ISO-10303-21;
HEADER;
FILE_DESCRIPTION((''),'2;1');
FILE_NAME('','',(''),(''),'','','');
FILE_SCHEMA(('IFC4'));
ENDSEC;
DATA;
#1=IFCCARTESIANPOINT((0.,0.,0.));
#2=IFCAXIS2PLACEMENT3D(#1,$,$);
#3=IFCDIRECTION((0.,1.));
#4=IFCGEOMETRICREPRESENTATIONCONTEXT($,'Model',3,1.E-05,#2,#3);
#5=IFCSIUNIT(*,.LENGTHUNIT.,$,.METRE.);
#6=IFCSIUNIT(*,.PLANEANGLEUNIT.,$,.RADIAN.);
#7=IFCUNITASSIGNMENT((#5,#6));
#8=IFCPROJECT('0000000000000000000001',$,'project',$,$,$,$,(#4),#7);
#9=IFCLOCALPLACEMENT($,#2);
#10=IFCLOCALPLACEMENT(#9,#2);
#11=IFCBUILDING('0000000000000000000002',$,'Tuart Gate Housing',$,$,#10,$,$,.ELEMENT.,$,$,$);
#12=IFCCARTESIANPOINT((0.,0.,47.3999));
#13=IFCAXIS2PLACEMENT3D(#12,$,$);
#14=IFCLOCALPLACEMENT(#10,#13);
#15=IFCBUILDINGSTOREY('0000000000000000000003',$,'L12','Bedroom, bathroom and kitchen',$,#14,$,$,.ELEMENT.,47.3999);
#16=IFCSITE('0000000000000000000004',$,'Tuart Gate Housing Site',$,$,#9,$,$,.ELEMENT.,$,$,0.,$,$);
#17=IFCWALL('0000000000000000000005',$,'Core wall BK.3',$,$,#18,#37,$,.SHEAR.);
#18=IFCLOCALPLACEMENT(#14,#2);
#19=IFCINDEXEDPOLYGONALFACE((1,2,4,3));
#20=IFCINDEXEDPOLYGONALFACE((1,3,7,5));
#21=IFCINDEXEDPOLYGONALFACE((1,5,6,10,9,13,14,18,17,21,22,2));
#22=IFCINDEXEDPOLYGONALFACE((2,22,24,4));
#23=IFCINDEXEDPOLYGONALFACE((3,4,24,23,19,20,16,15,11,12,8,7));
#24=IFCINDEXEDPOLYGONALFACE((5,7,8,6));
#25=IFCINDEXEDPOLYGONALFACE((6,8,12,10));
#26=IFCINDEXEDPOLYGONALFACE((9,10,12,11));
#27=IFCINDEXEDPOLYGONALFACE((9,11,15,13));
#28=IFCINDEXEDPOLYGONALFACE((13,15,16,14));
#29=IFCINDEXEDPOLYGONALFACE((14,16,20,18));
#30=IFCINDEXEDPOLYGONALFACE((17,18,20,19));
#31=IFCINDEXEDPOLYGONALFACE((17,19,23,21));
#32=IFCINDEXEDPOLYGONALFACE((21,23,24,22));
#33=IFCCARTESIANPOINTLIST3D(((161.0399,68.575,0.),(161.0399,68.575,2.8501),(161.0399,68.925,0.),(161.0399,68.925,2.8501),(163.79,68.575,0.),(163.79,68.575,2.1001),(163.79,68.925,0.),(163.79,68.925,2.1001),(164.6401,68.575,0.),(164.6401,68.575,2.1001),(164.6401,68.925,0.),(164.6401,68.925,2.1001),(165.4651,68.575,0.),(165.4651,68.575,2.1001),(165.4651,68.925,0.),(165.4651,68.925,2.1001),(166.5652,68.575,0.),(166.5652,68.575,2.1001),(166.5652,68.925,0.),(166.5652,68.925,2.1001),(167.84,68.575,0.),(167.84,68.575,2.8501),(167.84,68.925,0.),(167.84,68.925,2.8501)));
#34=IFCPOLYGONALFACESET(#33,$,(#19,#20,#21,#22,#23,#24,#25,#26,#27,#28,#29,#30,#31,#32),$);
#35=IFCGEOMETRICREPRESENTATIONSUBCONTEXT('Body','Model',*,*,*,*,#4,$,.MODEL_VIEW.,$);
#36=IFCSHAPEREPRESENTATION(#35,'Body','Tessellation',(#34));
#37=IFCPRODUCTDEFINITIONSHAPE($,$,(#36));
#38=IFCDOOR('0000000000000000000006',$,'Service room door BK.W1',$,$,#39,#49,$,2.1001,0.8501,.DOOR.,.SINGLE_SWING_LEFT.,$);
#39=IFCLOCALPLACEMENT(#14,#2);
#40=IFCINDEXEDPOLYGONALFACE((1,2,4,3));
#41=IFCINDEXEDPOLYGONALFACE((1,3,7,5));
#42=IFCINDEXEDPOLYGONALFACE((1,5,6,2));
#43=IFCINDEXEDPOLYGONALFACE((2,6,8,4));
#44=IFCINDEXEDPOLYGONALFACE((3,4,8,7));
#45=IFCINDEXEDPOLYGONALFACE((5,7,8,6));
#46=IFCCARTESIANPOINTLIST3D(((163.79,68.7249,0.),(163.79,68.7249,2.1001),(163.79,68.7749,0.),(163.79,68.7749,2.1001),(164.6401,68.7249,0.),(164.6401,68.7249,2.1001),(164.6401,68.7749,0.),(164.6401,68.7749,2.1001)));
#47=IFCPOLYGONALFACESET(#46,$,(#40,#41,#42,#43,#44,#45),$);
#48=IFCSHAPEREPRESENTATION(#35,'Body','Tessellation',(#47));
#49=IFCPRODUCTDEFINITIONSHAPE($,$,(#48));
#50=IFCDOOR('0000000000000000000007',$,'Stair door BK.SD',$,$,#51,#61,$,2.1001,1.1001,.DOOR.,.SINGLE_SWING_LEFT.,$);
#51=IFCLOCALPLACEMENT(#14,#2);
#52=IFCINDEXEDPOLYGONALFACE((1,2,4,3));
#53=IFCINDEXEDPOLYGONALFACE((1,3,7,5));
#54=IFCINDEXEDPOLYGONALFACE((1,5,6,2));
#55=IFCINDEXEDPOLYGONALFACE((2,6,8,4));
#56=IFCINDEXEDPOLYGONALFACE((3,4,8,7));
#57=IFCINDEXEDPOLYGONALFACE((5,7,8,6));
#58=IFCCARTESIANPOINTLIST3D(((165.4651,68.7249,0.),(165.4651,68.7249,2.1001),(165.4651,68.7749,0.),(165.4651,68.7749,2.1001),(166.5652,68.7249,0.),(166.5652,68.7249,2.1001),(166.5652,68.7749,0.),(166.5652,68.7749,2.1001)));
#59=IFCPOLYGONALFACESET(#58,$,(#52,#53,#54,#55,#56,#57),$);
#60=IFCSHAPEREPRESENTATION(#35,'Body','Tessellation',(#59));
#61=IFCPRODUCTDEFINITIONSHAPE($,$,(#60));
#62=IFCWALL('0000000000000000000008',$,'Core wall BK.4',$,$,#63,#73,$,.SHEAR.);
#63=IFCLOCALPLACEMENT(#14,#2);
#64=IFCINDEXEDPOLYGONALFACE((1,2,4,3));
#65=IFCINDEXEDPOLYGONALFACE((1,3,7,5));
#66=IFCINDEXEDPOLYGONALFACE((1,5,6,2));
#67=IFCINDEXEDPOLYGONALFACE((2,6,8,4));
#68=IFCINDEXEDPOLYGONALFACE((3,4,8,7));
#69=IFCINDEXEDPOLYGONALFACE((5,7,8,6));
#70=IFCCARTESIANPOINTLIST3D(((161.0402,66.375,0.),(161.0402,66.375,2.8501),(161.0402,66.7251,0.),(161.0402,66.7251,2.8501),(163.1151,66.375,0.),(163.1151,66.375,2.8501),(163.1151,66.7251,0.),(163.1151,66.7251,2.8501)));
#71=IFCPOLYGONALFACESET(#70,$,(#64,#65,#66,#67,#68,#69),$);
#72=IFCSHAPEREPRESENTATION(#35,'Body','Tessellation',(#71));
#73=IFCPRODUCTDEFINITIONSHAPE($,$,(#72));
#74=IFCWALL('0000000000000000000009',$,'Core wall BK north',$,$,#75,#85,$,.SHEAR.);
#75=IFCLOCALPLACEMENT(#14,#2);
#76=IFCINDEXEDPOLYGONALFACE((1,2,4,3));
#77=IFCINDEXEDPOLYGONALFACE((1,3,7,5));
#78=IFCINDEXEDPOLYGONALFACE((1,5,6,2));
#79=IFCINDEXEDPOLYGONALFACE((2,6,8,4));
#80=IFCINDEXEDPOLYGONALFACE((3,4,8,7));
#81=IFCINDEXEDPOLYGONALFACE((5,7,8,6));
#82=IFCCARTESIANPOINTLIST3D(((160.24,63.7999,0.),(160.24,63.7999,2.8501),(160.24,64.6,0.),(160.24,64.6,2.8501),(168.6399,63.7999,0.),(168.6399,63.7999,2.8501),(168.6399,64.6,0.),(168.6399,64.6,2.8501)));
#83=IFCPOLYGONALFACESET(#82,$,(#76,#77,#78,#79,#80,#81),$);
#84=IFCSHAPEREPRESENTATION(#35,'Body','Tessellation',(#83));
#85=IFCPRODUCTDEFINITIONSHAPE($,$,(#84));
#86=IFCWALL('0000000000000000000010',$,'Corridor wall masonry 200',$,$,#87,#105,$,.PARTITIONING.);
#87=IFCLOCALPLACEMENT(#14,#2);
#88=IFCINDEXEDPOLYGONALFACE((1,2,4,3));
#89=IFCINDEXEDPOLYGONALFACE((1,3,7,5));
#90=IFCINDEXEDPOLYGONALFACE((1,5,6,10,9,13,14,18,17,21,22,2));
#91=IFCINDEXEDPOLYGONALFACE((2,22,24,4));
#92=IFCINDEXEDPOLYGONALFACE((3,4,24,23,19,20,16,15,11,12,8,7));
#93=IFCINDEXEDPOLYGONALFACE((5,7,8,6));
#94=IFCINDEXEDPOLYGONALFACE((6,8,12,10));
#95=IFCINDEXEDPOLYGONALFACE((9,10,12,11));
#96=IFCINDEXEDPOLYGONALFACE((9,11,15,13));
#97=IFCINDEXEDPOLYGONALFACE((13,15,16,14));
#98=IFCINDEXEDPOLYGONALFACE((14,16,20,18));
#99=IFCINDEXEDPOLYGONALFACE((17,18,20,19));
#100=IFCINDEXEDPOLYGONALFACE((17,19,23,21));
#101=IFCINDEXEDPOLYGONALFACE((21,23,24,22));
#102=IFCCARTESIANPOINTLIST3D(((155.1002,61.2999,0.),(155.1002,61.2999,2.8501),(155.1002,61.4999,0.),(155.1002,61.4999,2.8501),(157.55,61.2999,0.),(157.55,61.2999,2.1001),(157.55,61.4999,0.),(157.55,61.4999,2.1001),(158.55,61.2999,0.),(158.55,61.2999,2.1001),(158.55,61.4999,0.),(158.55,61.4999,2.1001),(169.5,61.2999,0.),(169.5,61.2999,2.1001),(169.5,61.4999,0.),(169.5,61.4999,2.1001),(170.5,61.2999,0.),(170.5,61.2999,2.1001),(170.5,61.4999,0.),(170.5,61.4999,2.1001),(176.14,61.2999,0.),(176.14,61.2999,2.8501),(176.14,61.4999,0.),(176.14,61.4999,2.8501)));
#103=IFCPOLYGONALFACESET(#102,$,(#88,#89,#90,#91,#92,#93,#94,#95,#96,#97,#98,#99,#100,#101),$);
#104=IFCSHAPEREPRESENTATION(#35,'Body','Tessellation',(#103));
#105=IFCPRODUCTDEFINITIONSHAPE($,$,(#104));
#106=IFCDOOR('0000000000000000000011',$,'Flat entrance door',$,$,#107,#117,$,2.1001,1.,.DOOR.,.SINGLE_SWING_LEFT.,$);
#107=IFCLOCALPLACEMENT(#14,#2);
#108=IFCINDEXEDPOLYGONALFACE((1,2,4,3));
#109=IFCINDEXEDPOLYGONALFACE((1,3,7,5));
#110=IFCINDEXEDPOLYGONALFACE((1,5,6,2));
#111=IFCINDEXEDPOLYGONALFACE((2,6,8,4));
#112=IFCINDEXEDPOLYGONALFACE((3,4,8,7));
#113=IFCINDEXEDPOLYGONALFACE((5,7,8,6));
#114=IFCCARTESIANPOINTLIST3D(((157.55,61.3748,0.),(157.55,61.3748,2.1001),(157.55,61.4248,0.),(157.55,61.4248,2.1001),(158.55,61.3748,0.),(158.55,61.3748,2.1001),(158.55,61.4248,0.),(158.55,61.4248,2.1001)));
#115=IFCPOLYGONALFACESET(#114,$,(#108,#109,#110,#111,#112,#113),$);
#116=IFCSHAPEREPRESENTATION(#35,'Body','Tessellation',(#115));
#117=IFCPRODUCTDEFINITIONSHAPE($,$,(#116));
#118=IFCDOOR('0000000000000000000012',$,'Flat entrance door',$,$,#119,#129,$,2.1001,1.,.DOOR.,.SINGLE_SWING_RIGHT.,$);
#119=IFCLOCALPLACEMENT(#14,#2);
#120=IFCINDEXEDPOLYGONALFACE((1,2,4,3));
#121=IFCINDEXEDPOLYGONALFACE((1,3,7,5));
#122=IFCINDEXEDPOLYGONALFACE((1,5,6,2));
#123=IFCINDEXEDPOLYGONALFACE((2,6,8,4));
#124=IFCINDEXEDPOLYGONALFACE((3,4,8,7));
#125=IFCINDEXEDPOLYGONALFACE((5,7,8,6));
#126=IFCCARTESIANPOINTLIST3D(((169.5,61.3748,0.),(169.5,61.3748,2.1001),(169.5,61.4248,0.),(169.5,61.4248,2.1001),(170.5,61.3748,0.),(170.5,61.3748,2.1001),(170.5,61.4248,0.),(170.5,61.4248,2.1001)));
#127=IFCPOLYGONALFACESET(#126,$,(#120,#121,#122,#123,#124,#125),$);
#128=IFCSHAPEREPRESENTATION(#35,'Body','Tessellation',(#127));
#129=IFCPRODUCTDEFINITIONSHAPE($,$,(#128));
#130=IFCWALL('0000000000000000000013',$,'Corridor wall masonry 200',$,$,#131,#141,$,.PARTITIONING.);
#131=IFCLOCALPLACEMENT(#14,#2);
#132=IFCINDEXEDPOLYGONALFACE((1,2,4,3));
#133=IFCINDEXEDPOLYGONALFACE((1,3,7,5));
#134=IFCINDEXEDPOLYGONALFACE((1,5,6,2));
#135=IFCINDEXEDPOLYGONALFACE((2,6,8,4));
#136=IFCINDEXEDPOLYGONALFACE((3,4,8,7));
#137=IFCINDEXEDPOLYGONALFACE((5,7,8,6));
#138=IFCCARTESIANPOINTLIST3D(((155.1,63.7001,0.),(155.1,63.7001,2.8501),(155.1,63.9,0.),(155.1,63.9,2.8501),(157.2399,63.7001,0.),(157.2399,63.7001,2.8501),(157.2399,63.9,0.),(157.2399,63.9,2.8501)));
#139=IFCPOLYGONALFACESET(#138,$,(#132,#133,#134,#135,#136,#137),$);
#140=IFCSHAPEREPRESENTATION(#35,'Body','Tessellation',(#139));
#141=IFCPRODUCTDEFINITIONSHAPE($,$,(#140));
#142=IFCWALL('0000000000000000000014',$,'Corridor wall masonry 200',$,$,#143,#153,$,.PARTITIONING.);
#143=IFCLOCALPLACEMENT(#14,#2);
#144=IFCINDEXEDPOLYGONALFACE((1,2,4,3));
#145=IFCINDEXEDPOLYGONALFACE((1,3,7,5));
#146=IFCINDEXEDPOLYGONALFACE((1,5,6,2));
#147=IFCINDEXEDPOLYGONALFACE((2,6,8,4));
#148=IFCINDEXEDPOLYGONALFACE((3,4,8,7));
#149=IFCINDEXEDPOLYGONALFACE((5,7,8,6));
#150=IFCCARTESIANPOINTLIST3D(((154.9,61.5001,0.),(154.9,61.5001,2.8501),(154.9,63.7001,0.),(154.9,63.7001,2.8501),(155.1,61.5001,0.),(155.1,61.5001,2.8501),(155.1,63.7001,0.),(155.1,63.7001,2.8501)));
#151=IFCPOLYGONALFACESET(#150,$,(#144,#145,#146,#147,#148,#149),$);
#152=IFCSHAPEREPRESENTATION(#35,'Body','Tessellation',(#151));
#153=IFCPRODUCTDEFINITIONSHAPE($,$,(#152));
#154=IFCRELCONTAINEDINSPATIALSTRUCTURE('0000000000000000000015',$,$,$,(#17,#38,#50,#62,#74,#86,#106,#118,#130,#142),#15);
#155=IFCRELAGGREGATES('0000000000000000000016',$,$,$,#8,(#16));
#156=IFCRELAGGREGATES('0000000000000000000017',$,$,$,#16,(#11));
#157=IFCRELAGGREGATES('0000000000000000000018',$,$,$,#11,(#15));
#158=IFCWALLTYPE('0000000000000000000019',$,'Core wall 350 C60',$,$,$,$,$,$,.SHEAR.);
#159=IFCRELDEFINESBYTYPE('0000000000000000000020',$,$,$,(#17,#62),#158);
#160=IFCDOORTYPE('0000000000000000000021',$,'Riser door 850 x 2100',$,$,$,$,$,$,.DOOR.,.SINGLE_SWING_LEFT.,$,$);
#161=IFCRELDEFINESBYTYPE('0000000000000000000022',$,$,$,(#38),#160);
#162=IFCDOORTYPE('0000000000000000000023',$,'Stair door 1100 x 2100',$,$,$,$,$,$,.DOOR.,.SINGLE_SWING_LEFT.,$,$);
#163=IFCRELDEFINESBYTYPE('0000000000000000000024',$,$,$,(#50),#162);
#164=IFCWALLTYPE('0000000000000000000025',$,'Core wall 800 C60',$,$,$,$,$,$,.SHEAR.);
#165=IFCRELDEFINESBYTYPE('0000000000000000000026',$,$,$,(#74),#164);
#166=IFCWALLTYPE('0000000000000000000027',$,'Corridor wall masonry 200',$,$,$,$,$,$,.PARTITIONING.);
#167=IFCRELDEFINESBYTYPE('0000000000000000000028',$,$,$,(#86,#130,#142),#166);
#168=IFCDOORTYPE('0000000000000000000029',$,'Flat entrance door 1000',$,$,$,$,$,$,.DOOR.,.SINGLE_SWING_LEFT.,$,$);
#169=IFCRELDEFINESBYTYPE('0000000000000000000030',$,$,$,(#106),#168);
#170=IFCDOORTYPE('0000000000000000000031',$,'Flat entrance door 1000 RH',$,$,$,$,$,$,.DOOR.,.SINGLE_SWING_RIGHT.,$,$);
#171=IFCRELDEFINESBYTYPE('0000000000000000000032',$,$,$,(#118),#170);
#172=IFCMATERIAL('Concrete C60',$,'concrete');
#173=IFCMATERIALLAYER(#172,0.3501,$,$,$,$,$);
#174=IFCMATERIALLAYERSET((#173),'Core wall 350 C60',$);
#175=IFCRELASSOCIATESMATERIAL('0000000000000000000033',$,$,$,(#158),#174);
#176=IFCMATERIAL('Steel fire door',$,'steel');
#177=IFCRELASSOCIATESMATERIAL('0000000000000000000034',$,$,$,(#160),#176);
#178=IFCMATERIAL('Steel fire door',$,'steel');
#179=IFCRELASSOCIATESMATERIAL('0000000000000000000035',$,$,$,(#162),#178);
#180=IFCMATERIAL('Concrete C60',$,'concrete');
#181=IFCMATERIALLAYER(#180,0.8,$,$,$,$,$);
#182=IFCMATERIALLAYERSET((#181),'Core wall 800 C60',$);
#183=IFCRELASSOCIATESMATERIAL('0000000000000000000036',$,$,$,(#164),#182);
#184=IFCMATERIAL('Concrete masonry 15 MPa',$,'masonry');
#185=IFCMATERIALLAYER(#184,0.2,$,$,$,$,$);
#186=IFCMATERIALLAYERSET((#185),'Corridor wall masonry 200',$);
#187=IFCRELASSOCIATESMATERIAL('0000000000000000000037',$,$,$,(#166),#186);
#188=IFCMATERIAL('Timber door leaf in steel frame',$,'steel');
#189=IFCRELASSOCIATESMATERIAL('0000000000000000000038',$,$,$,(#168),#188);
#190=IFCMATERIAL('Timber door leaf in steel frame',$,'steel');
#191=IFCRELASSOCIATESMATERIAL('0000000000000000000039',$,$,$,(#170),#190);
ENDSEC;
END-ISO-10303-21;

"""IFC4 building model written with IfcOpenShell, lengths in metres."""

from ifc_helpers import new_model, si_unit, direction, frame, frame_2d, origin, place, context, subcontext, project, spatial, rectangle, extrude, material, layer, layer_set, type_object, element, fill, save


model = new_model("IFC4")

# Units and contexts
model_context = context("Model", 3, precision=1e-05, world=origin(), true_north=direction((0.0, 1.0)))
body_context = subcontext(model_context, "Body", "Model", "MODEL_VIEW")
ifc_project = project(units=[si_unit("LENGTHUNIT", "METRE"), si_unit("PLANEANGLEUNIT", "RADIAN")], contexts=[model_context])

# Site, building, storey
site_placement = place(None, origin())
site = spatial("IfcSite", under=ifc_project, at=site_placement, Name="Tuart Gate Housing Site", CompositionType="ELEMENT", RefElevation=0.0)
building_placement = place(site_placement, origin())
building = spatial("IfcBuilding", under=site, at=building_placement, Name="Tuart Gate Housing", CompositionType="ELEMENT")
storey_placement = place(building_placement, frame((0.0, 0.0, 47.3999)))
storey = spatial("IfcBuildingStorey", under=building, at=storey_placement, Name="L12", Description="Bedroom, bathroom and kitchen", CompositionType="ELEMENT", Elevation=47.3999)

# Wall, openings, doors
ifc_material_1 = material(Name="Concrete C60", Category="concrete")
ifc_layer_1 = layer(ifc_material_1, 0.3501)
ifc_layer_set_1 = layer_set([ifc_layer_1], Name="Core wall 350 C60")
wall_type_1 = type_object("IfcWallType", Name="Core wall 350 C60", PredefinedType="SHEAR", material=ifc_layer_set_1)
wall_1_placement = place(storey_placement, frame((161.04, 68.75, 0.0), z_axis=(0.0, 0.0, 1.0), x_axis=(1.0, 0.0, 0.0)))
wall_1 = element("IfcWall", 1, at=wall_1_placement, inside=storey, type_object=wall_type_1, Name="Core wall BK.3", PredefinedType="SHEAR", context=body_context, shape_type="SweptSolid", body=[
    extrude(rectangle(XDim=6.8, YDim=0.3501, at=frame_2d((3.3999, 0.0))), origin(), (0.0, 0.0, 1.0), 2.8501),
])
opening_1_placement = place(wall_1_placement, frame((4.425, 0.0, 0.0)))
opening_1 = element("IfcOpeningElement", 2, at=opening_1_placement, cuts=wall_1, PredefinedType="OPENING", context=body_context, shape_type="SweptSolid", body=[
    extrude(rectangle(XDim=1.1001, YDim=2.1001, at=frame_2d((0.55, 1.05))), frame((0.0, 0.1851, 0.0), z_axis=(0.0, -1.0, 0.0), x_axis=(1.0, 0.0, 0.0)), (0.0, 0.0, 1.0), 0.3701),
])
opening_2_placement = place(wall_1_placement, frame((2.75, 0.0, 0.0)))
opening_2 = element("IfcOpeningElement", 3, at=opening_2_placement, cuts=wall_1, PredefinedType="OPENING", context=body_context, shape_type="SweptSolid", body=[
    extrude(rectangle(XDim=0.8501, YDim=2.1001, at=frame_2d((0.425, 1.05))), frame((0.0, 0.1851, 0.0), z_axis=(0.0, -1.0, 0.0), x_axis=(1.0, 0.0, 0.0)), (0.0, 0.0, 1.0), 0.3701),
])
ifc_material_2 = material(Name="Steel fire door", Category="steel")
door_type_1 = type_object("IfcDoorType", Name="Riser door 850 x 2100", OperationType="SINGLE_SWING_LEFT", PredefinedType="DOOR", material=ifc_material_2)
door_1_placement = place(opening_2_placement, origin())
door_1 = element("IfcDoor", 4, at=door_1_placement, inside=storey, type_object=door_type_1, Name="Service room door BK.W1", OperationType="SINGLE_SWING_LEFT", OverallHeight=2.1001, OverallWidth=0.8501, PredefinedType="DOOR", context=body_context, shape_type="SweptSolid", body=[
    extrude(rectangle(XDim=0.8501, YDim=2.1001, at=frame_2d((0.425, 1.05))), frame((0.0, 0.0249, 0.0), z_axis=(0.0, -1.0, 0.0), x_axis=(1.0, 0.0, 0.0)), (0.0, 0.0, 1.0), 0.05),
])
fill(opening_2, door_1)
ifc_material_3 = material(Name="Steel fire door", Category="steel")
door_type_2 = type_object("IfcDoorType", Name="Stair door 1100 x 2100", OperationType="SINGLE_SWING_LEFT", PredefinedType="DOOR", material=ifc_material_3)
door_2_placement = place(opening_1_placement, origin())
door_2 = element("IfcDoor", 5, at=door_2_placement, inside=storey, type_object=door_type_2, Name="Stair door BK.SD", OperationType="SINGLE_SWING_LEFT", OverallHeight=2.1001, OverallWidth=1.1001, PredefinedType="DOOR", context=body_context, shape_type="SweptSolid", body=[
    extrude(rectangle(XDim=1.1001, YDim=2.1001, at=frame_2d((0.55, 1.05))), frame((0.0, 0.0249, 0.0), z_axis=(0.0, -1.0, 0.0), x_axis=(1.0, 0.0, 0.0)), (0.0, 0.0, 1.0), 0.05),
])
fill(opening_1, door_2)

# Walls
wall_2_placement = place(storey_placement, frame((161.04, 66.55, 0.0), z_axis=(0.0, 0.0, 1.0), x_axis=(1.0, 0.0, 0.0)))
element("IfcWall", 6, at=wall_2_placement, inside=storey, type_object=wall_type_1, Name="Core wall BK.4", PredefinedType="SHEAR", context=body_context, shape_type="SweptSolid", body=[
    extrude(rectangle(XDim=2.075, YDim=0.3501, at=frame_2d((1.0376, 0.0))), origin(), (0.0, 0.0, 1.0), 2.8501),
])
ifc_material_4 = material(Name="Concrete C60", Category="concrete")
ifc_layer_2 = layer(ifc_material_4, 0.8)
ifc_layer_set_2 = layer_set([ifc_layer_2], Name="Core wall 800 C60")
wall_type_2 = type_object("IfcWallType", Name="Core wall 800 C60", PredefinedType="SHEAR", material=ifc_layer_set_2)
wall_3_placement = place(storey_placement, frame((160.24, 64.2, 0.0), z_axis=(0.0, 0.0, 1.0), x_axis=(1.0, 0.0, 0.0)))
element("IfcWall", 7, at=wall_3_placement, inside=storey, type_object=wall_type_2, Name="Core wall BK north", PredefinedType="SHEAR", context=body_context, shape_type="SweptSolid", body=[
    extrude(rectangle(XDim=8.3999, YDim=0.8, at=frame_2d((4.2, 0.0))), origin(), (0.0, 0.0, 1.0), 2.8501),
])

# Wall, openings, doors
ifc_material_5 = material(Name="Concrete masonry 15 MPa", Category="masonry")
ifc_layer_3 = layer(ifc_material_5, 0.2)
ifc_layer_set_3 = layer_set([ifc_layer_3], Name="Corridor wall masonry 200")
wall_type_3 = type_object("IfcWallType", Name="Corridor wall masonry 200", PredefinedType="PARTITIONING", material=ifc_layer_set_3)
wall_4_placement = place(storey_placement, frame((155.1001, 61.3999, 0.0), z_axis=(0.0, 0.0, 1.0), x_axis=(1.0, 0.0, 0.0)))
wall_4 = element("IfcWall", 8, at=wall_4_placement, inside=storey, type_object=wall_type_3, Name="Corridor wall masonry 200", PredefinedType="PARTITIONING", context=body_context, shape_type="SweptSolid", body=[
    extrude(rectangle(XDim=21.0398, YDim=0.2, at=frame_2d((10.52, 0.0))), origin(), (0.0, 0.0, 1.0), 2.8501),
])
opening_3_placement = place(wall_4_placement, frame((2.45, 0.0, 0.0)))
opening_3 = element("IfcOpeningElement", 9, at=opening_3_placement, cuts=wall_4, PredefinedType="OPENING", context=body_context, shape_type="SweptSolid", body=[
    extrude(rectangle(XDim=1.0, YDim=2.1001, at=frame_2d((0.5, 1.05))), frame((0.0, 0.1099, 0.0), z_axis=(0.0, -1.0, 0.0), x_axis=(1.0, 0.0, 0.0)), (0.0, 0.0, 1.0), 0.22),
])
opening_4_placement = place(wall_4_placement, frame((14.3999, 0.0, 0.0)))
opening_4 = element("IfcOpeningElement", 10, at=opening_4_placement, cuts=wall_4, PredefinedType="OPENING", context=body_context, shape_type="SweptSolid", body=[
    extrude(rectangle(XDim=1.0, YDim=2.1001, at=frame_2d((0.5, 1.05))), frame((0.0, 0.1099, 0.0), z_axis=(0.0, -1.0, 0.0), x_axis=(1.0, 0.0, 0.0)), (0.0, 0.0, 1.0), 0.22),
])
ifc_material_6 = material(Name="Timber door leaf in steel frame", Category="steel")
door_type_3 = type_object("IfcDoorType", Name="Flat entrance door 1000", OperationType="SINGLE_SWING_LEFT", PredefinedType="DOOR", material=ifc_material_6)
door_3_placement = place(opening_3_placement, frame((1.0, 0.0, 0.0), z_axis=(0.0, 0.0, 1.0), x_axis=(-1.0, 0.0, 0.0)))
door_3 = element("IfcDoor", 11, at=door_3_placement, inside=storey, type_object=door_type_3, Name="Flat entrance door", OperationType="SINGLE_SWING_LEFT", OverallHeight=2.1001, OverallWidth=1.0, PredefinedType="DOOR", context=body_context, shape_type="SweptSolid", body=[
    extrude(rectangle(XDim=1.0, YDim=2.1001, at=frame_2d((0.5, 1.05))), frame((0.0, 0.0251, 0.0), z_axis=(0.0, -1.0, 0.0), x_axis=(1.0, 0.0, 0.0)), (0.0, 0.0, 1.0), 0.05),
])
fill(opening_3, door_3)
ifc_material_7 = material(Name="Timber door leaf in steel frame", Category="steel")
door_type_4 = type_object("IfcDoorType", Name="Flat entrance door 1000 RH", OperationType="SINGLE_SWING_RIGHT", PredefinedType="DOOR", material=ifc_material_7)
door_4_placement = place(opening_4_placement, frame((1.0, 0.0, 0.0), z_axis=(0.0, 0.0, 1.0), x_axis=(-1.0, 0.0, 0.0)))
door_4 = element("IfcDoor", 12, at=door_4_placement, inside=storey, type_object=door_type_4, Name="Flat entrance door", OperationType="SINGLE_SWING_RIGHT", OverallHeight=2.1001, OverallWidth=1.0, PredefinedType="DOOR", context=body_context, shape_type="SweptSolid", body=[
    extrude(rectangle(XDim=1.0, YDim=2.1001, at=frame_2d((0.5, 1.05))), frame((0.0, 0.0251, 0.0), z_axis=(0.0, -1.0, 0.0), x_axis=(1.0, 0.0, 0.0)), (0.0, 0.0, 1.0), 0.05),
])
fill(opening_4, door_4)

# Walls
wall_5_placement = place(storey_placement, frame((155.1001, 63.8, 0.0), z_axis=(0.0, 0.0, 1.0), x_axis=(1.0, 0.0, 0.0)))
element("IfcWall", 13, at=wall_5_placement, inside=storey, type_object=wall_type_3, Name="Corridor wall masonry 200", PredefinedType="PARTITIONING", context=body_context, shape_type="SweptSolid", body=[
    extrude(rectangle(XDim=2.1399, YDim=0.2, at=frame_2d((1.0698, 0.0))), origin(), (0.0, 0.0, 1.0), 2.8501),
])
wall_6_placement = place(storey_placement, frame((155.0, 61.5, 0.0), z_axis=(0.0, 0.0, 1.0), x_axis=(0.0, 1.0, 0.0)))
element("IfcWall", 14, at=wall_6_placement, inside=storey, type_object=wall_type_3, Name="Corridor wall masonry 200", PredefinedType="PARTITIONING", context=body_context, shape_type="SweptSolid", body=[
    extrude(rectangle(XDim=2.2, YDim=0.2, at=frame_2d((1.1001, 0.0))), origin(), (0.0, 0.0, 1.0), 2.8501),
])

save(model, "model.ifc")
